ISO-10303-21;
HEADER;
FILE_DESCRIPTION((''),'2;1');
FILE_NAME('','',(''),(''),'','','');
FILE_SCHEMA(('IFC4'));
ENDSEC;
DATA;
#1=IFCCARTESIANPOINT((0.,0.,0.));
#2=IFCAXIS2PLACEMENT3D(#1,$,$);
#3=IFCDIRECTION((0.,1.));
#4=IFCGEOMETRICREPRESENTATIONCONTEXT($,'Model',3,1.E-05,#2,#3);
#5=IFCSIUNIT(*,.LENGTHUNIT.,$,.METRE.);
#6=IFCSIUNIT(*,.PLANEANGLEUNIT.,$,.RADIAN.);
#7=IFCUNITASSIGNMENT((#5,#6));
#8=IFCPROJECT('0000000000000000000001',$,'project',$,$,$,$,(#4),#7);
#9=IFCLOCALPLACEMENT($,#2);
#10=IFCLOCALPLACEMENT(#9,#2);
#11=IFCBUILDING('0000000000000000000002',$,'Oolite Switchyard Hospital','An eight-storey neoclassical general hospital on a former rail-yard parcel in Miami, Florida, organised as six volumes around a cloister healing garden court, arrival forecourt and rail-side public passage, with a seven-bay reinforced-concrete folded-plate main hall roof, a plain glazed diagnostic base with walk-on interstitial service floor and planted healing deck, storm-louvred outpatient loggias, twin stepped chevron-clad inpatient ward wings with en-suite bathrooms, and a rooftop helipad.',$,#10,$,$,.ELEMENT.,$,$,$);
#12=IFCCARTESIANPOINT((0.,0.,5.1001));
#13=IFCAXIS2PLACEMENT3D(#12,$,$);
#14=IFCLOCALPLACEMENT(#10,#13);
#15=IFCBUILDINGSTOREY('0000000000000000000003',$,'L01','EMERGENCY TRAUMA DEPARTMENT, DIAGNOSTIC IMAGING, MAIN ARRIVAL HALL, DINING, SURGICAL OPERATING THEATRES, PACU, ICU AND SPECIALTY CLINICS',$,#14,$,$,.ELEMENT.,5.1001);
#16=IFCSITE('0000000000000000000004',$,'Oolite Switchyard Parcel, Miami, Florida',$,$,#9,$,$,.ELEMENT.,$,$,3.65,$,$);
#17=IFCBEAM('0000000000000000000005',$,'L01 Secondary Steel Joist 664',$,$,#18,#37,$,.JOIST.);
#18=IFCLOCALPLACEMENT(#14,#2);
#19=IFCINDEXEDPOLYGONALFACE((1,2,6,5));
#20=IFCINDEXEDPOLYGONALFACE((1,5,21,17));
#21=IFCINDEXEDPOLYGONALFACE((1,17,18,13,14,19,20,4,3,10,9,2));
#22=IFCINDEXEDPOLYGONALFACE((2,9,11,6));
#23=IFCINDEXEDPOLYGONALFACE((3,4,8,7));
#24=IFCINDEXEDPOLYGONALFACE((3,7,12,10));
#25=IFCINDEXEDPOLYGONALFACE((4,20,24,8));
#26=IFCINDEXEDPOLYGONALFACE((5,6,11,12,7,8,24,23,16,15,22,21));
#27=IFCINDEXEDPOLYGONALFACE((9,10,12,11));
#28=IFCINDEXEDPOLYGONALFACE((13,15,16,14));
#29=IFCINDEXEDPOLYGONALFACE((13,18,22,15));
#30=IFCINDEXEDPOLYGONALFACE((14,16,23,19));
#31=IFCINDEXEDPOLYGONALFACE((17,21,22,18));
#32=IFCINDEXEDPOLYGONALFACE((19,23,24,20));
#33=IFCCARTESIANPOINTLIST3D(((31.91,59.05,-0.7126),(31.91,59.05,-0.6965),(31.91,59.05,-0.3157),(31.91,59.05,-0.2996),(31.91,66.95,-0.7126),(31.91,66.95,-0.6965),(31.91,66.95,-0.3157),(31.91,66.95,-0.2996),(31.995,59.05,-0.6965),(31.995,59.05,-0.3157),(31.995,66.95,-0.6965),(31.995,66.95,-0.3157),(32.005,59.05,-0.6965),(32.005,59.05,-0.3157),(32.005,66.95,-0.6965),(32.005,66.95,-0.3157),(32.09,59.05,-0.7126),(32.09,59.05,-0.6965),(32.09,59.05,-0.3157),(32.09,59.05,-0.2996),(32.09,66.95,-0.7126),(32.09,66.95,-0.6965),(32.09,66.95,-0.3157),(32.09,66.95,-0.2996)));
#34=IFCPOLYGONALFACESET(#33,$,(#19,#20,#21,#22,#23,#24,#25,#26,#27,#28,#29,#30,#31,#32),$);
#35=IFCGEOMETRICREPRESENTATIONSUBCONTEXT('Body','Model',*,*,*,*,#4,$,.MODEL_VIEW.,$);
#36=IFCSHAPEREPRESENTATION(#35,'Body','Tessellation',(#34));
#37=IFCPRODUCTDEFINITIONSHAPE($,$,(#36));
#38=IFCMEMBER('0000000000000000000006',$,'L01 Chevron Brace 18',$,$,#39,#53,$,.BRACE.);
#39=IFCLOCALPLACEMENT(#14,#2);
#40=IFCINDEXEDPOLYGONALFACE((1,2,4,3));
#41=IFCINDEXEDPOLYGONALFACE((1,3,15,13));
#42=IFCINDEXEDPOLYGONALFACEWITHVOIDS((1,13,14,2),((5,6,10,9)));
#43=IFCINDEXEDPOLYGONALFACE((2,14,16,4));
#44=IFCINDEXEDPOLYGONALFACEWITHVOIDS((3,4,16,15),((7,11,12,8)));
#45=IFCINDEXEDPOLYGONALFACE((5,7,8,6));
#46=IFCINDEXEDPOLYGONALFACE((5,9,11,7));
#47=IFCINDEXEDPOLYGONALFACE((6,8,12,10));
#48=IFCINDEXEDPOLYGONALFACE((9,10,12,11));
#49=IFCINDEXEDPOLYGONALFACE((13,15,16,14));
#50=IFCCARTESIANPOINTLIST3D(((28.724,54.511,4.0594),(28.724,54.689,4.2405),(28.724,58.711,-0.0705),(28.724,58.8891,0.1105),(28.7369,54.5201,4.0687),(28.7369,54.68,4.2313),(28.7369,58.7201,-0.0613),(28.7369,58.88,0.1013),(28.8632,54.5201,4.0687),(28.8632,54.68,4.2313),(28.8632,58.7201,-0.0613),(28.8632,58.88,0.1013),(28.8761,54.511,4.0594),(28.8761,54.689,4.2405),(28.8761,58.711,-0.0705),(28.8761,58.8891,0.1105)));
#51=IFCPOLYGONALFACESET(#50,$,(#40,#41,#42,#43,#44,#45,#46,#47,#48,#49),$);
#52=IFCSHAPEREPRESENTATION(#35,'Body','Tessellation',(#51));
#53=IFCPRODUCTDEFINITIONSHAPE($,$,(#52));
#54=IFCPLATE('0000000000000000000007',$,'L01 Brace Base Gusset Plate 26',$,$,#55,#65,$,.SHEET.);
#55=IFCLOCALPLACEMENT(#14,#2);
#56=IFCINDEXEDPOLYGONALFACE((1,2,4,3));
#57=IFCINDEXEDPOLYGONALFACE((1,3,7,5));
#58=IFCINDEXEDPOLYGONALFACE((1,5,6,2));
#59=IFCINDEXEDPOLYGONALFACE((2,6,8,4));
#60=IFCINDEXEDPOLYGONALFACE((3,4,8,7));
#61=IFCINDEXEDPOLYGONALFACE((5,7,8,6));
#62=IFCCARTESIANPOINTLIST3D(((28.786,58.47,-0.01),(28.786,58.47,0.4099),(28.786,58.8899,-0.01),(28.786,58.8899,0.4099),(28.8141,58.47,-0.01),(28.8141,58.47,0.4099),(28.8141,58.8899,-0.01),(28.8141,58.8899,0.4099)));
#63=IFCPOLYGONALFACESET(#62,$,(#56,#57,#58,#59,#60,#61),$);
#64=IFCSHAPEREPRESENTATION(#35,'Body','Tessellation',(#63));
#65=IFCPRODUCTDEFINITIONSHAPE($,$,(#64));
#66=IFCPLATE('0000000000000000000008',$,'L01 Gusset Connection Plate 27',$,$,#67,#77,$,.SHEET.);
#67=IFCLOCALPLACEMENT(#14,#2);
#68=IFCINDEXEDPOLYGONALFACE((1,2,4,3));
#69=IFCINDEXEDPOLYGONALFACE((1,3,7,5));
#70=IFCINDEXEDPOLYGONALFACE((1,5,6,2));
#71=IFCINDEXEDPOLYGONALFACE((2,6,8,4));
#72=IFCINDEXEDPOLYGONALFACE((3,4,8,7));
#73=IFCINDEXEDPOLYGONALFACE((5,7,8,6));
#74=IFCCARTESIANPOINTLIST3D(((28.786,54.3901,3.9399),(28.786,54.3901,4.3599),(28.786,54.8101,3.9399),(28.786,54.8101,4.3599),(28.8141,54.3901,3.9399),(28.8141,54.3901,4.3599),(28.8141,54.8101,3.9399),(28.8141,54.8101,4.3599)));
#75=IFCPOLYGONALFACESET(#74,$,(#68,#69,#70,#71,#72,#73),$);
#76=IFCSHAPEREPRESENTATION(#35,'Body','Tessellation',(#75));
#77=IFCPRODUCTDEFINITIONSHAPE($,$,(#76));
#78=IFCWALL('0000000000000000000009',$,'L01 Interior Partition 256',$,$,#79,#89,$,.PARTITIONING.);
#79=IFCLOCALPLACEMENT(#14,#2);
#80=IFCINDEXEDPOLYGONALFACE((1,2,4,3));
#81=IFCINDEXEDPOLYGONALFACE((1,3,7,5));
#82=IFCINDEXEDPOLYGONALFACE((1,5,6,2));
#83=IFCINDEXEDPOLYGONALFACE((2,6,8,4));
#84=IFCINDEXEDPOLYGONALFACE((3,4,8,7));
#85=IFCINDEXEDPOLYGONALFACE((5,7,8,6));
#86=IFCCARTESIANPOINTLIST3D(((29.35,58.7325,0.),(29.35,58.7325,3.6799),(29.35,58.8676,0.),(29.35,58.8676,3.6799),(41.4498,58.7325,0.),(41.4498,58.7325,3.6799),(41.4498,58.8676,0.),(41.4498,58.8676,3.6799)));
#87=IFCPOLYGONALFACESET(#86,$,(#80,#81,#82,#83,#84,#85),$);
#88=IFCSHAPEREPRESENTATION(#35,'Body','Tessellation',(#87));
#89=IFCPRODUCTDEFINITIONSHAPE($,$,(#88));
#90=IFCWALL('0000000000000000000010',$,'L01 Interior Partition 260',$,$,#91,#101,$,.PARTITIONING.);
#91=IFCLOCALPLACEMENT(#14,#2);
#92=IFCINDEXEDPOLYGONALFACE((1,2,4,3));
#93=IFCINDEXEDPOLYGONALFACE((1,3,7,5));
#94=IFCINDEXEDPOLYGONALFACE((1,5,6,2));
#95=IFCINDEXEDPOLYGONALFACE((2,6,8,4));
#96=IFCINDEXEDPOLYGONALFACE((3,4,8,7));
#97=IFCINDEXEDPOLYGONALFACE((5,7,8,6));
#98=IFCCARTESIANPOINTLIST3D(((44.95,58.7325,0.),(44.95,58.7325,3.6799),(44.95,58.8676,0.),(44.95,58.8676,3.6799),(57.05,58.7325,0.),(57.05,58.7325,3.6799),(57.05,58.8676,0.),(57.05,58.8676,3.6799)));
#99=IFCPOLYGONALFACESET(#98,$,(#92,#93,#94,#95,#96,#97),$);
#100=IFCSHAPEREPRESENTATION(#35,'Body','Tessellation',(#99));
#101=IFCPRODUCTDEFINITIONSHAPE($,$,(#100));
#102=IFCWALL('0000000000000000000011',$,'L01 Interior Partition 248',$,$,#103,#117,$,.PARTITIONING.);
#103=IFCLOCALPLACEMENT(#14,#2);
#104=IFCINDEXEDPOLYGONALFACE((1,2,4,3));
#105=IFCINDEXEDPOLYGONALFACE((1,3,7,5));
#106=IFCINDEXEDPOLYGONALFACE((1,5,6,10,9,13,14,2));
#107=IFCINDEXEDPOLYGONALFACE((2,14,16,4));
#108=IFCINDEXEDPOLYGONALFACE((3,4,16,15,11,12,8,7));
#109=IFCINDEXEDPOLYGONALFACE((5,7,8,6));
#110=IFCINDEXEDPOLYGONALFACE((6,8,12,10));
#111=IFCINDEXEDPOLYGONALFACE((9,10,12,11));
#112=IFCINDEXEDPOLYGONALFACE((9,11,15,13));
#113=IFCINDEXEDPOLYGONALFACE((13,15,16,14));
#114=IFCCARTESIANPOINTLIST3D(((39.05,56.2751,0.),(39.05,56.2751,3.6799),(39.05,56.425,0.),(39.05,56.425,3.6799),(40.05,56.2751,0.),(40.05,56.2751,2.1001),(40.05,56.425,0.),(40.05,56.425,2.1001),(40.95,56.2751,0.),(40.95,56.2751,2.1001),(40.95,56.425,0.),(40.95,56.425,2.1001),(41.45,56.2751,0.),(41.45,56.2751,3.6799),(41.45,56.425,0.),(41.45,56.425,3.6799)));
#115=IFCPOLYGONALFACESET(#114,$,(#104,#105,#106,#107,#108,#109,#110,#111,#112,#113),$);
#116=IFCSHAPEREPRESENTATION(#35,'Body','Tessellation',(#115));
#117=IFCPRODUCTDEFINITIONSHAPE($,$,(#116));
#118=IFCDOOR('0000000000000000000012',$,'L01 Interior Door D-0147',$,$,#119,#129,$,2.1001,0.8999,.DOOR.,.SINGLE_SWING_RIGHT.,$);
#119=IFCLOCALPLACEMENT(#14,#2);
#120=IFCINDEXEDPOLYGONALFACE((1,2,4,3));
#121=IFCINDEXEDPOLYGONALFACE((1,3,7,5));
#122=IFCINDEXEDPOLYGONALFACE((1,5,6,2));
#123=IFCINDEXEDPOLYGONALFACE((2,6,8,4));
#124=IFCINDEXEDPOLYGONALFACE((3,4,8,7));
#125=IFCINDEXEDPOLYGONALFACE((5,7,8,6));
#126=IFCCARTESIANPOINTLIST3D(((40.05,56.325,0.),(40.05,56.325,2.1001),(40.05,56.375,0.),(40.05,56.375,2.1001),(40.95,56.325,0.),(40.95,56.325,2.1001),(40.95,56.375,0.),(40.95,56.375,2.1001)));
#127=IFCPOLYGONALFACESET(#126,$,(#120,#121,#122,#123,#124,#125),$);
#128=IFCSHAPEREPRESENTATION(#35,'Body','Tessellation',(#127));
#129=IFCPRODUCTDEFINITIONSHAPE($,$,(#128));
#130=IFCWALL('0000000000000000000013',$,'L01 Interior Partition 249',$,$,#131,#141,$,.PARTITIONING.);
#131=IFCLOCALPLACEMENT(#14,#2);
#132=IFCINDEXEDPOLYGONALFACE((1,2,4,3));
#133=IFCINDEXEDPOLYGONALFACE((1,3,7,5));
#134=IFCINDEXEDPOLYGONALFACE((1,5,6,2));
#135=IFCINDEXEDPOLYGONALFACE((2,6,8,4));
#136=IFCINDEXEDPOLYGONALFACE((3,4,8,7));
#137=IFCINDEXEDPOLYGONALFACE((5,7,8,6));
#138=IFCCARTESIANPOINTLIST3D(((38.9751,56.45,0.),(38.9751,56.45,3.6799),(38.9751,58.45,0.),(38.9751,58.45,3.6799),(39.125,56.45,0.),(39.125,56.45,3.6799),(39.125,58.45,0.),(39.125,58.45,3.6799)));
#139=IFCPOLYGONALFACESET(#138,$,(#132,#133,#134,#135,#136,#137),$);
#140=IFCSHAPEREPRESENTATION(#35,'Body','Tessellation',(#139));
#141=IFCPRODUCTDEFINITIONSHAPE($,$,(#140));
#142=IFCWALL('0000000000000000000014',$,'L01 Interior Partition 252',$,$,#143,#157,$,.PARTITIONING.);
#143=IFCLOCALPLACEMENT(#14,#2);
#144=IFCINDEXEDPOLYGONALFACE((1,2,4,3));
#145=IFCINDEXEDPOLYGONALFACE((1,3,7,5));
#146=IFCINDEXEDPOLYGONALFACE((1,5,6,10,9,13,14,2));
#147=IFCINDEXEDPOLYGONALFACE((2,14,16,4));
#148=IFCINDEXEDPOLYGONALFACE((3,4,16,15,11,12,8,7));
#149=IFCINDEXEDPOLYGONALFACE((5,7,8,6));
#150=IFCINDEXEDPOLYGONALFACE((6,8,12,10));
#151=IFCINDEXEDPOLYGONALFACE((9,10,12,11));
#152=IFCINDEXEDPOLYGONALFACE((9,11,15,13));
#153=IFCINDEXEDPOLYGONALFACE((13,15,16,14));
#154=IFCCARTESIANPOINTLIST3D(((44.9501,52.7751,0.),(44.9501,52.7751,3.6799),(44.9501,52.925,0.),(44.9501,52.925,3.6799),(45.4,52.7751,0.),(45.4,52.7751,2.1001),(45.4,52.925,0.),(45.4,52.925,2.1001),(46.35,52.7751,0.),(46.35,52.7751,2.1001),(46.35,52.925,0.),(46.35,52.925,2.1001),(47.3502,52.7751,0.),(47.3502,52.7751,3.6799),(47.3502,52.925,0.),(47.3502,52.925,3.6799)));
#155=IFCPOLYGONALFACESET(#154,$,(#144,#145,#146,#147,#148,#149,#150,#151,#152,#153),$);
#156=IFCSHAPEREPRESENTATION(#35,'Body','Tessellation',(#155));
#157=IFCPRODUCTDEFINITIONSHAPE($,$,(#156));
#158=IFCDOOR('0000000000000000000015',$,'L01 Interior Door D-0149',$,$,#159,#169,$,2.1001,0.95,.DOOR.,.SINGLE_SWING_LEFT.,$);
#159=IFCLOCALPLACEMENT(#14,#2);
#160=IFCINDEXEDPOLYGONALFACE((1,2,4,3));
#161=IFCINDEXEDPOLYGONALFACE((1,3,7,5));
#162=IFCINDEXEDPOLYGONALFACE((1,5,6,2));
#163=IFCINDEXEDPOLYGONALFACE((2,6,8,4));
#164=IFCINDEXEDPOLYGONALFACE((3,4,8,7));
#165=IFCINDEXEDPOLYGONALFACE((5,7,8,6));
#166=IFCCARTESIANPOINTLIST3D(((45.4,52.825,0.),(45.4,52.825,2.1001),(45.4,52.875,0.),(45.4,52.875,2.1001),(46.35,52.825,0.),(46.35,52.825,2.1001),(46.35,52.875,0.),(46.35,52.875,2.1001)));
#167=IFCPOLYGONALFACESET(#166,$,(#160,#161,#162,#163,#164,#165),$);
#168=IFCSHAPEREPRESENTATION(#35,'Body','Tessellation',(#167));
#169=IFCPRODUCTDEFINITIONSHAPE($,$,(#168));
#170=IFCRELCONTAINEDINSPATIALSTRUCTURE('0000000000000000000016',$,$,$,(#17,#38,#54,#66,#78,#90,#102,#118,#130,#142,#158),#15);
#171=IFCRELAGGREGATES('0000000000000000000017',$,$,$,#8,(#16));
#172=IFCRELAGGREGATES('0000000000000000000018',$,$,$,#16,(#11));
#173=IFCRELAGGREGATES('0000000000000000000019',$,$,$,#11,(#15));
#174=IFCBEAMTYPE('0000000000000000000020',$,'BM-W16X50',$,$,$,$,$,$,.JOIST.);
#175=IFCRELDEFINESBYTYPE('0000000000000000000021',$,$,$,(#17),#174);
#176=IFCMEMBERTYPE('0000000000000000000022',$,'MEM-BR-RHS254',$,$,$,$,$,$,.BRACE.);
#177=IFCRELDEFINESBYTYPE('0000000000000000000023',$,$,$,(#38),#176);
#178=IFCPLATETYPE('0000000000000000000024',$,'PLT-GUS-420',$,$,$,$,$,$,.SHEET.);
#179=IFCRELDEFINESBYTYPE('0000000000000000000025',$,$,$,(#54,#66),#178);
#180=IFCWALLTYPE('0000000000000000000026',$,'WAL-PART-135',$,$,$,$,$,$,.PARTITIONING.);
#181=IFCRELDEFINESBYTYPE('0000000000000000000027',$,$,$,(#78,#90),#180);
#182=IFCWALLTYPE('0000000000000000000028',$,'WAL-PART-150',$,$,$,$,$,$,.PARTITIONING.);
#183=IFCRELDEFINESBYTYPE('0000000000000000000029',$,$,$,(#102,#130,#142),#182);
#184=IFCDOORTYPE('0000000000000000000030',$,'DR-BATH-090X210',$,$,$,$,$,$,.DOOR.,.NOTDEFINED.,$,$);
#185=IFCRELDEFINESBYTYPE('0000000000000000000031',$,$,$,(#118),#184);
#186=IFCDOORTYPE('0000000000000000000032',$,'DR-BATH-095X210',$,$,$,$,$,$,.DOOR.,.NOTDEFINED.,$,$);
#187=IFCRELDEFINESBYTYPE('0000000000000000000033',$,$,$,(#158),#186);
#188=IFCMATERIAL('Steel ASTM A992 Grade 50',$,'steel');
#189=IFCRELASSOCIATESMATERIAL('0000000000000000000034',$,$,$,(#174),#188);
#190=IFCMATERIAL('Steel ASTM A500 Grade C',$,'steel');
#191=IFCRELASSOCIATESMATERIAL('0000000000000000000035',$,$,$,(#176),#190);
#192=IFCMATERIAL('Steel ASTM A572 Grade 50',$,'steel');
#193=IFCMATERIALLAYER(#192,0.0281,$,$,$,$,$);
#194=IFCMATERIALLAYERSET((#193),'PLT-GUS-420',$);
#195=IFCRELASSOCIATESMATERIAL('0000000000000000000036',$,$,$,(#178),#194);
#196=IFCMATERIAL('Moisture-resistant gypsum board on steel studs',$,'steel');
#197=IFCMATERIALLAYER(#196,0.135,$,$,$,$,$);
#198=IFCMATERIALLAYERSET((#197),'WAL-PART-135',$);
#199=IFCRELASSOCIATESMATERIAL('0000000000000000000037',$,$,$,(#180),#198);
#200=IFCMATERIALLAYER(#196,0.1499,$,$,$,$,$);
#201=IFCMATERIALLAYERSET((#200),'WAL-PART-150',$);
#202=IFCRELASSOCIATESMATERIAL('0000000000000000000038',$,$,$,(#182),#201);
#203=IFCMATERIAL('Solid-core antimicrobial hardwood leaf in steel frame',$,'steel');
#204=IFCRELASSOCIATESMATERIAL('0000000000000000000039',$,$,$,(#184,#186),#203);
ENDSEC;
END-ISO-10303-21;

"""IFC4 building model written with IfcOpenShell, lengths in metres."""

from ifc_helpers import new_model, si_unit, direction, frame, frame_2d, origin, origin_2d, place, context, subcontext, project, spatial, rectangle, hollow_rectangle, i_section, extrude, material, layer, layer_set, material_profile, profile_set, type_object, element, fill, save


model = new_model("IFC4")

# Units and contexts
model_context = context("Model", 3, precision=1e-05, world=origin(), true_north=direction((0.0, 1.0)))
body_context = subcontext(model_context, "Body", "Model", "MODEL_VIEW")
ifc_project = project(units=[si_unit("LENGTHUNIT", "METRE"), si_unit("PLANEANGLEUNIT", "RADIAN")], contexts=[model_context])

# Site, building, storey
site_placement = place(None, origin())
site = spatial("IfcSite", under=ifc_project, at=site_placement, Name="Oolite Switchyard Parcel, Miami, Florida", CompositionType="ELEMENT", RefElevation=3.65)
building_placement = place(site_placement, origin())
building = spatial("IfcBuilding", under=site, at=building_placement, Name="Oolite Switchyard Hospital", Description="An eight-storey neoclassical general hospital on a former rail-yard parcel in Miami, Florida, organised as six volumes around a cloister healing garden court, arrival forecourt and rail-side public passage, with a seven-bay reinforced-concrete folded-plate main hall roof, a plain glazed diagnostic base with walk-on interstitial service floor and planted healing deck, storm-louvred outpatient loggias, twin stepped chevron-clad inpatient ward wings with en-suite bathrooms, and a rooftop helipad.", CompositionType="ELEMENT")
storey_placement = place(building_placement, frame((0.0, 0.0, 5.1001)))
storey = spatial("IfcBuildingStorey", under=building, at=storey_placement, Name="L01", Description="EMERGENCY TRAUMA DEPARTMENT, DIAGNOSTIC IMAGING, MAIN ARRIVAL HALL, DINING, SURGICAL OPERATING THEATRES, PACU, ICU AND SPECIALTY CLINICS", CompositionType="ELEMENT", Elevation=5.1001)

# Beam
ifc_material_1 = material(Name="Steel ASTM A992 Grade 50", Category="steel")
ifc_material_profile_1 = material_profile(ifc_material_1, i_section(OverallWidth=0.1799, OverallDepth=0.4131, WebThickness=0.01, FlangeThickness=0.0161, at=origin_2d()), Name="W16X50")
ifc_profile_set_1 = profile_set([ifc_material_profile_1], Name="Steel ASTM A992 Grade 50")
beam_type_1 = type_object("IfcBeamType", Name="BM-W16X50", PredefinedType="JOIST", material=ifc_profile_set_1)
beam_1_placement = place(storey_placement, frame((32.0, 59.05, -0.5061), z_axis=(0.0, 1.0, 0.0), x_axis=(-1.0, 0.0, 0.0)))
element("IfcBeam", 1, at=beam_1_placement, inside=storey, type_object=beam_type_1, Name="L01 Secondary Steel Joist 664", PredefinedType="JOIST", context=body_context, shape_type="SweptSolid", body=[
    extrude(i_section(OverallWidth=0.1799, OverallDepth=0.4131, WebThickness=0.01, FlangeThickness=0.0161, at=origin_2d()), origin(), (0.0, 0.0, 1.0), 7.8999),
])

# Member
ifc_material_2 = material(Name="Steel ASTM A500 Grade C", Category="steel")
ifc_material_profile_2 = material_profile(ifc_material_2, hollow_rectangle(XDim=0.1521, YDim=0.2539, WallThickness=0.0129, at=origin_2d()), Name="HSS254X152X13")
ifc_profile_set_2 = profile_set([ifc_material_profile_2], Name="Steel ASTM A500 Grade C")
member_type = type_object("IfcMemberType", Name="MEM-BR-RHS254", PredefinedType="BRACE", material=ifc_profile_set_2)
member_placement = place(storey_placement, frame((28.8, 58.8, 0.02), z_axis=(0.0, -0.71303, 0.701134), x_axis=(1.0, 0.0, 0.0)))
element("IfcMember", 2, at=member_placement, inside=storey, type_object=member_type, Name="L01 Chevron Brace 18", PredefinedType="BRACE", context=body_context, shape_type="SweptSolid", body=[
    extrude(hollow_rectangle(XDim=0.1521, YDim=0.2539, WallThickness=0.0129, at=origin_2d()), origin(), (0.0, 0.0, 1.0), 5.8904),
])

# Plates
ifc_material_3 = material(Name="Steel ASTM A572 Grade 50", Category="steel")
ifc_layer_1 = layer(ifc_material_3, 0.0281)
ifc_layer_set_1 = layer_set([ifc_layer_1], Name="PLT-GUS-420")
plate_type = type_object("IfcPlateType", Name="PLT-GUS-420", PredefinedType="SHEET", material=ifc_layer_set_1)
for number, where, z_axis, x_axis, name in (
    (3, (28.8, 58.6799, -0.01), (0.0, 0.0, 1.0), (0.0, 1.0, 0.0), "L01 Brace Base Gusset Plate 26"),
    (4, (28.8, 54.6001, 3.9399), (0.0, 0.0, 1.0), (0.0, 1.0, 0.0), "L01 Gusset Connection Plate 27"),
):
    element("IfcPlate", number, at=place(storey_placement, frame(where, z_axis=z_axis, x_axis=x_axis)), inside=storey, type_object=plate_type, Name=name, PredefinedType="SHEET", context=body_context, shape_type="SweptSolid", body=[
        extrude(rectangle(XDim=0.4199, YDim=0.0281, at=origin_2d()), origin(), (0.0, 0.0, 1.0), 0.4199),
    ])

# Walls
ifc_material_4 = material(Name="Moisture-resistant gypsum board on steel studs", Category="steel")
ifc_layer_2 = layer(ifc_material_4, 0.135)
ifc_layer_set_2 = layer_set([ifc_layer_2], Name="WAL-PART-135")
wall_type_1 = type_object("IfcWallType", Name="WAL-PART-135", PredefinedType="PARTITIONING", material=ifc_layer_set_2)
wall_1_placement = place(storey_placement, frame((29.3501, 58.8, 0.0), z_axis=(0.0, 0.0, 1.0), x_axis=(1.0, 0.0, 0.0)))
element("IfcWall", 5, at=wall_1_placement, inside=storey, type_object=wall_type_1, Name="L01 Interior Partition 256", PredefinedType="PARTITIONING", context=body_context, shape_type="SweptSolid", body=[
    extrude(rectangle(XDim=12.0999, YDim=0.135, at=frame_2d((6.0498, 0.0))), origin(), (0.0, 0.0, 1.0), 3.6799),
])
wall_2_placement = place(storey_placement, frame((44.95, 58.8, 0.0), z_axis=(0.0, 0.0, 1.0), x_axis=(1.0, 0.0, 0.0)))
element("IfcWall", 6, at=wall_2_placement, inside=storey, type_object=wall_type_1, Name="L01 Interior Partition 260", PredefinedType="PARTITIONING", context=body_context, shape_type="SweptSolid", body=[
    extrude(rectangle(XDim=12.1001, YDim=0.135, at=frame_2d((6.05, 0.0))), origin(), (0.0, 0.0, 1.0), 3.6799),
])

# Wall, opening, door
ifc_layer_3 = layer(ifc_material_4, 0.1499)
ifc_layer_set_3 = layer_set([ifc_layer_3], Name="WAL-PART-150")
wall_type_2 = type_object("IfcWallType", Name="WAL-PART-150", PredefinedType="PARTITIONING", material=ifc_layer_set_3)
wall_3_placement = place(storey_placement, frame((39.05, 56.3501, 0.0), z_axis=(0.0, 0.0, 1.0), x_axis=(1.0, 0.0, 0.0)))
wall_3 = element("IfcWall", 7, at=wall_3_placement, inside=storey, type_object=wall_type_2, Name="L01 Interior Partition 248", PredefinedType="PARTITIONING", context=body_context, shape_type="SweptSolid", body=[
    extrude(rectangle(XDim=2.3999, YDim=0.1499, at=frame_2d((1.2, 0.0))), origin(), (0.0, 0.0, 1.0), 3.6799),
])
opening_1_placement = place(wall_3_placement, frame((1.0, 0.0, 0.0)))
opening_1 = element("IfcOpeningElement", 8, at=opening_1_placement, cuts=wall_3, PredefinedType="OPENING", context=body_context, shape_type="SweptSolid", body=[
    extrude(rectangle(XDim=0.8999, YDim=2.1001, at=frame_2d((0.45, 1.05))), frame((0.0, 0.085, 0.0), z_axis=(0.0, -1.0, 0.0), x_axis=(1.0, 0.0, 0.0)), (0.0, 0.0, 1.0), 0.1699),
])
ifc_material_5 = material(Name="Solid-core antimicrobial hardwood leaf in steel frame", Category="steel")
door_type_1 = type_object("IfcDoorType", Name="DR-BATH-090X210", OperationType="NOTDEFINED", PredefinedType="DOOR", material=ifc_material_5)
door_1_placement = place(opening_1_placement, origin())
door_1 = element("IfcDoor", 9, at=door_1_placement, inside=storey, type_object=door_type_1, Name="L01 Interior Door D-0147", OperationType="SINGLE_SWING_RIGHT", OverallHeight=2.1001, OverallWidth=0.8999, PredefinedType="DOOR", context=body_context, shape_type="SweptSolid", body=[
    extrude(rectangle(XDim=0.8999, YDim=2.1001, at=frame_2d((0.45, 1.05))), frame((0.0, 0.0249, 0.0), z_axis=(0.0, -1.0, 0.0), x_axis=(1.0, 0.0, 0.0)), (0.0, 0.0, 1.0), 0.05),
])
fill(opening_1, door_1)

# Wall
wall_4_placement = place(storey_placement, frame((39.05, 56.45, 0.0), z_axis=(0.0, 0.0, 1.0), x_axis=(0.0, 1.0, 0.0)))
element("IfcWall", 10, at=wall_4_placement, inside=storey, type_object=wall_type_2, Name="L01 Interior Partition 249", PredefinedType="PARTITIONING", context=body_context, shape_type="SweptSolid", body=[
    extrude(rectangle(XDim=2.0, YDim=0.1499, at=frame_2d((1.0, 0.0))), origin(), (0.0, 0.0, 1.0), 3.6799),
])

# Wall, opening, door
wall_5_placement = place(storey_placement, frame((44.95, 52.8501, 0.0), z_axis=(0.0, 0.0, 1.0), x_axis=(1.0, 0.0, 0.0)))
wall_5 = element("IfcWall", 11, at=wall_5_placement, inside=storey, type_object=wall_type_2, Name="L01 Interior Partition 252", PredefinedType="PARTITIONING", context=body_context, shape_type="SweptSolid", body=[
    extrude(rectangle(XDim=2.4001, YDim=0.1499, at=frame_2d((1.2002, 0.0))), origin(), (0.0, 0.0, 1.0), 3.6799),
])
opening_2_placement = place(wall_5_placement, frame((0.45, 0.0, 0.0)))
opening_2 = element("IfcOpeningElement", 12, at=opening_2_placement, cuts=wall_5, PredefinedType="OPENING", context=body_context, shape_type="SweptSolid", body=[
    extrude(rectangle(XDim=0.95, YDim=2.1001, at=frame_2d((0.4751, 1.05))), frame((0.0, 0.085, 0.0), z_axis=(0.0, -1.0, 0.0), x_axis=(1.0, 0.0, 0.0)), (0.0, 0.0, 1.0), 0.1699),
])
door_type_2 = type_object("IfcDoorType", Name="DR-BATH-095X210", OperationType="NOTDEFINED", PredefinedType="DOOR", material=ifc_material_5)
door_2_placement = place(opening_2_placement, origin())
door_2 = element("IfcDoor", 13, at=door_2_placement, inside=storey, type_object=door_type_2, Name="L01 Interior Door D-0149", OperationType="SINGLE_SWING_LEFT", OverallHeight=2.1001, OverallWidth=0.95, PredefinedType="DOOR", context=body_context, shape_type="SweptSolid", body=[
    extrude(rectangle(XDim=0.95, YDim=2.1001, at=frame_2d((0.4751, 1.05))), frame((0.0, 0.0249, 0.0), z_axis=(0.0, -1.0, 0.0), x_axis=(1.0, 0.0, 0.0)), (0.0, 0.0, 1.0), 0.05),
])
fill(opening_2, door_2)

save(model, "model.ifc")
